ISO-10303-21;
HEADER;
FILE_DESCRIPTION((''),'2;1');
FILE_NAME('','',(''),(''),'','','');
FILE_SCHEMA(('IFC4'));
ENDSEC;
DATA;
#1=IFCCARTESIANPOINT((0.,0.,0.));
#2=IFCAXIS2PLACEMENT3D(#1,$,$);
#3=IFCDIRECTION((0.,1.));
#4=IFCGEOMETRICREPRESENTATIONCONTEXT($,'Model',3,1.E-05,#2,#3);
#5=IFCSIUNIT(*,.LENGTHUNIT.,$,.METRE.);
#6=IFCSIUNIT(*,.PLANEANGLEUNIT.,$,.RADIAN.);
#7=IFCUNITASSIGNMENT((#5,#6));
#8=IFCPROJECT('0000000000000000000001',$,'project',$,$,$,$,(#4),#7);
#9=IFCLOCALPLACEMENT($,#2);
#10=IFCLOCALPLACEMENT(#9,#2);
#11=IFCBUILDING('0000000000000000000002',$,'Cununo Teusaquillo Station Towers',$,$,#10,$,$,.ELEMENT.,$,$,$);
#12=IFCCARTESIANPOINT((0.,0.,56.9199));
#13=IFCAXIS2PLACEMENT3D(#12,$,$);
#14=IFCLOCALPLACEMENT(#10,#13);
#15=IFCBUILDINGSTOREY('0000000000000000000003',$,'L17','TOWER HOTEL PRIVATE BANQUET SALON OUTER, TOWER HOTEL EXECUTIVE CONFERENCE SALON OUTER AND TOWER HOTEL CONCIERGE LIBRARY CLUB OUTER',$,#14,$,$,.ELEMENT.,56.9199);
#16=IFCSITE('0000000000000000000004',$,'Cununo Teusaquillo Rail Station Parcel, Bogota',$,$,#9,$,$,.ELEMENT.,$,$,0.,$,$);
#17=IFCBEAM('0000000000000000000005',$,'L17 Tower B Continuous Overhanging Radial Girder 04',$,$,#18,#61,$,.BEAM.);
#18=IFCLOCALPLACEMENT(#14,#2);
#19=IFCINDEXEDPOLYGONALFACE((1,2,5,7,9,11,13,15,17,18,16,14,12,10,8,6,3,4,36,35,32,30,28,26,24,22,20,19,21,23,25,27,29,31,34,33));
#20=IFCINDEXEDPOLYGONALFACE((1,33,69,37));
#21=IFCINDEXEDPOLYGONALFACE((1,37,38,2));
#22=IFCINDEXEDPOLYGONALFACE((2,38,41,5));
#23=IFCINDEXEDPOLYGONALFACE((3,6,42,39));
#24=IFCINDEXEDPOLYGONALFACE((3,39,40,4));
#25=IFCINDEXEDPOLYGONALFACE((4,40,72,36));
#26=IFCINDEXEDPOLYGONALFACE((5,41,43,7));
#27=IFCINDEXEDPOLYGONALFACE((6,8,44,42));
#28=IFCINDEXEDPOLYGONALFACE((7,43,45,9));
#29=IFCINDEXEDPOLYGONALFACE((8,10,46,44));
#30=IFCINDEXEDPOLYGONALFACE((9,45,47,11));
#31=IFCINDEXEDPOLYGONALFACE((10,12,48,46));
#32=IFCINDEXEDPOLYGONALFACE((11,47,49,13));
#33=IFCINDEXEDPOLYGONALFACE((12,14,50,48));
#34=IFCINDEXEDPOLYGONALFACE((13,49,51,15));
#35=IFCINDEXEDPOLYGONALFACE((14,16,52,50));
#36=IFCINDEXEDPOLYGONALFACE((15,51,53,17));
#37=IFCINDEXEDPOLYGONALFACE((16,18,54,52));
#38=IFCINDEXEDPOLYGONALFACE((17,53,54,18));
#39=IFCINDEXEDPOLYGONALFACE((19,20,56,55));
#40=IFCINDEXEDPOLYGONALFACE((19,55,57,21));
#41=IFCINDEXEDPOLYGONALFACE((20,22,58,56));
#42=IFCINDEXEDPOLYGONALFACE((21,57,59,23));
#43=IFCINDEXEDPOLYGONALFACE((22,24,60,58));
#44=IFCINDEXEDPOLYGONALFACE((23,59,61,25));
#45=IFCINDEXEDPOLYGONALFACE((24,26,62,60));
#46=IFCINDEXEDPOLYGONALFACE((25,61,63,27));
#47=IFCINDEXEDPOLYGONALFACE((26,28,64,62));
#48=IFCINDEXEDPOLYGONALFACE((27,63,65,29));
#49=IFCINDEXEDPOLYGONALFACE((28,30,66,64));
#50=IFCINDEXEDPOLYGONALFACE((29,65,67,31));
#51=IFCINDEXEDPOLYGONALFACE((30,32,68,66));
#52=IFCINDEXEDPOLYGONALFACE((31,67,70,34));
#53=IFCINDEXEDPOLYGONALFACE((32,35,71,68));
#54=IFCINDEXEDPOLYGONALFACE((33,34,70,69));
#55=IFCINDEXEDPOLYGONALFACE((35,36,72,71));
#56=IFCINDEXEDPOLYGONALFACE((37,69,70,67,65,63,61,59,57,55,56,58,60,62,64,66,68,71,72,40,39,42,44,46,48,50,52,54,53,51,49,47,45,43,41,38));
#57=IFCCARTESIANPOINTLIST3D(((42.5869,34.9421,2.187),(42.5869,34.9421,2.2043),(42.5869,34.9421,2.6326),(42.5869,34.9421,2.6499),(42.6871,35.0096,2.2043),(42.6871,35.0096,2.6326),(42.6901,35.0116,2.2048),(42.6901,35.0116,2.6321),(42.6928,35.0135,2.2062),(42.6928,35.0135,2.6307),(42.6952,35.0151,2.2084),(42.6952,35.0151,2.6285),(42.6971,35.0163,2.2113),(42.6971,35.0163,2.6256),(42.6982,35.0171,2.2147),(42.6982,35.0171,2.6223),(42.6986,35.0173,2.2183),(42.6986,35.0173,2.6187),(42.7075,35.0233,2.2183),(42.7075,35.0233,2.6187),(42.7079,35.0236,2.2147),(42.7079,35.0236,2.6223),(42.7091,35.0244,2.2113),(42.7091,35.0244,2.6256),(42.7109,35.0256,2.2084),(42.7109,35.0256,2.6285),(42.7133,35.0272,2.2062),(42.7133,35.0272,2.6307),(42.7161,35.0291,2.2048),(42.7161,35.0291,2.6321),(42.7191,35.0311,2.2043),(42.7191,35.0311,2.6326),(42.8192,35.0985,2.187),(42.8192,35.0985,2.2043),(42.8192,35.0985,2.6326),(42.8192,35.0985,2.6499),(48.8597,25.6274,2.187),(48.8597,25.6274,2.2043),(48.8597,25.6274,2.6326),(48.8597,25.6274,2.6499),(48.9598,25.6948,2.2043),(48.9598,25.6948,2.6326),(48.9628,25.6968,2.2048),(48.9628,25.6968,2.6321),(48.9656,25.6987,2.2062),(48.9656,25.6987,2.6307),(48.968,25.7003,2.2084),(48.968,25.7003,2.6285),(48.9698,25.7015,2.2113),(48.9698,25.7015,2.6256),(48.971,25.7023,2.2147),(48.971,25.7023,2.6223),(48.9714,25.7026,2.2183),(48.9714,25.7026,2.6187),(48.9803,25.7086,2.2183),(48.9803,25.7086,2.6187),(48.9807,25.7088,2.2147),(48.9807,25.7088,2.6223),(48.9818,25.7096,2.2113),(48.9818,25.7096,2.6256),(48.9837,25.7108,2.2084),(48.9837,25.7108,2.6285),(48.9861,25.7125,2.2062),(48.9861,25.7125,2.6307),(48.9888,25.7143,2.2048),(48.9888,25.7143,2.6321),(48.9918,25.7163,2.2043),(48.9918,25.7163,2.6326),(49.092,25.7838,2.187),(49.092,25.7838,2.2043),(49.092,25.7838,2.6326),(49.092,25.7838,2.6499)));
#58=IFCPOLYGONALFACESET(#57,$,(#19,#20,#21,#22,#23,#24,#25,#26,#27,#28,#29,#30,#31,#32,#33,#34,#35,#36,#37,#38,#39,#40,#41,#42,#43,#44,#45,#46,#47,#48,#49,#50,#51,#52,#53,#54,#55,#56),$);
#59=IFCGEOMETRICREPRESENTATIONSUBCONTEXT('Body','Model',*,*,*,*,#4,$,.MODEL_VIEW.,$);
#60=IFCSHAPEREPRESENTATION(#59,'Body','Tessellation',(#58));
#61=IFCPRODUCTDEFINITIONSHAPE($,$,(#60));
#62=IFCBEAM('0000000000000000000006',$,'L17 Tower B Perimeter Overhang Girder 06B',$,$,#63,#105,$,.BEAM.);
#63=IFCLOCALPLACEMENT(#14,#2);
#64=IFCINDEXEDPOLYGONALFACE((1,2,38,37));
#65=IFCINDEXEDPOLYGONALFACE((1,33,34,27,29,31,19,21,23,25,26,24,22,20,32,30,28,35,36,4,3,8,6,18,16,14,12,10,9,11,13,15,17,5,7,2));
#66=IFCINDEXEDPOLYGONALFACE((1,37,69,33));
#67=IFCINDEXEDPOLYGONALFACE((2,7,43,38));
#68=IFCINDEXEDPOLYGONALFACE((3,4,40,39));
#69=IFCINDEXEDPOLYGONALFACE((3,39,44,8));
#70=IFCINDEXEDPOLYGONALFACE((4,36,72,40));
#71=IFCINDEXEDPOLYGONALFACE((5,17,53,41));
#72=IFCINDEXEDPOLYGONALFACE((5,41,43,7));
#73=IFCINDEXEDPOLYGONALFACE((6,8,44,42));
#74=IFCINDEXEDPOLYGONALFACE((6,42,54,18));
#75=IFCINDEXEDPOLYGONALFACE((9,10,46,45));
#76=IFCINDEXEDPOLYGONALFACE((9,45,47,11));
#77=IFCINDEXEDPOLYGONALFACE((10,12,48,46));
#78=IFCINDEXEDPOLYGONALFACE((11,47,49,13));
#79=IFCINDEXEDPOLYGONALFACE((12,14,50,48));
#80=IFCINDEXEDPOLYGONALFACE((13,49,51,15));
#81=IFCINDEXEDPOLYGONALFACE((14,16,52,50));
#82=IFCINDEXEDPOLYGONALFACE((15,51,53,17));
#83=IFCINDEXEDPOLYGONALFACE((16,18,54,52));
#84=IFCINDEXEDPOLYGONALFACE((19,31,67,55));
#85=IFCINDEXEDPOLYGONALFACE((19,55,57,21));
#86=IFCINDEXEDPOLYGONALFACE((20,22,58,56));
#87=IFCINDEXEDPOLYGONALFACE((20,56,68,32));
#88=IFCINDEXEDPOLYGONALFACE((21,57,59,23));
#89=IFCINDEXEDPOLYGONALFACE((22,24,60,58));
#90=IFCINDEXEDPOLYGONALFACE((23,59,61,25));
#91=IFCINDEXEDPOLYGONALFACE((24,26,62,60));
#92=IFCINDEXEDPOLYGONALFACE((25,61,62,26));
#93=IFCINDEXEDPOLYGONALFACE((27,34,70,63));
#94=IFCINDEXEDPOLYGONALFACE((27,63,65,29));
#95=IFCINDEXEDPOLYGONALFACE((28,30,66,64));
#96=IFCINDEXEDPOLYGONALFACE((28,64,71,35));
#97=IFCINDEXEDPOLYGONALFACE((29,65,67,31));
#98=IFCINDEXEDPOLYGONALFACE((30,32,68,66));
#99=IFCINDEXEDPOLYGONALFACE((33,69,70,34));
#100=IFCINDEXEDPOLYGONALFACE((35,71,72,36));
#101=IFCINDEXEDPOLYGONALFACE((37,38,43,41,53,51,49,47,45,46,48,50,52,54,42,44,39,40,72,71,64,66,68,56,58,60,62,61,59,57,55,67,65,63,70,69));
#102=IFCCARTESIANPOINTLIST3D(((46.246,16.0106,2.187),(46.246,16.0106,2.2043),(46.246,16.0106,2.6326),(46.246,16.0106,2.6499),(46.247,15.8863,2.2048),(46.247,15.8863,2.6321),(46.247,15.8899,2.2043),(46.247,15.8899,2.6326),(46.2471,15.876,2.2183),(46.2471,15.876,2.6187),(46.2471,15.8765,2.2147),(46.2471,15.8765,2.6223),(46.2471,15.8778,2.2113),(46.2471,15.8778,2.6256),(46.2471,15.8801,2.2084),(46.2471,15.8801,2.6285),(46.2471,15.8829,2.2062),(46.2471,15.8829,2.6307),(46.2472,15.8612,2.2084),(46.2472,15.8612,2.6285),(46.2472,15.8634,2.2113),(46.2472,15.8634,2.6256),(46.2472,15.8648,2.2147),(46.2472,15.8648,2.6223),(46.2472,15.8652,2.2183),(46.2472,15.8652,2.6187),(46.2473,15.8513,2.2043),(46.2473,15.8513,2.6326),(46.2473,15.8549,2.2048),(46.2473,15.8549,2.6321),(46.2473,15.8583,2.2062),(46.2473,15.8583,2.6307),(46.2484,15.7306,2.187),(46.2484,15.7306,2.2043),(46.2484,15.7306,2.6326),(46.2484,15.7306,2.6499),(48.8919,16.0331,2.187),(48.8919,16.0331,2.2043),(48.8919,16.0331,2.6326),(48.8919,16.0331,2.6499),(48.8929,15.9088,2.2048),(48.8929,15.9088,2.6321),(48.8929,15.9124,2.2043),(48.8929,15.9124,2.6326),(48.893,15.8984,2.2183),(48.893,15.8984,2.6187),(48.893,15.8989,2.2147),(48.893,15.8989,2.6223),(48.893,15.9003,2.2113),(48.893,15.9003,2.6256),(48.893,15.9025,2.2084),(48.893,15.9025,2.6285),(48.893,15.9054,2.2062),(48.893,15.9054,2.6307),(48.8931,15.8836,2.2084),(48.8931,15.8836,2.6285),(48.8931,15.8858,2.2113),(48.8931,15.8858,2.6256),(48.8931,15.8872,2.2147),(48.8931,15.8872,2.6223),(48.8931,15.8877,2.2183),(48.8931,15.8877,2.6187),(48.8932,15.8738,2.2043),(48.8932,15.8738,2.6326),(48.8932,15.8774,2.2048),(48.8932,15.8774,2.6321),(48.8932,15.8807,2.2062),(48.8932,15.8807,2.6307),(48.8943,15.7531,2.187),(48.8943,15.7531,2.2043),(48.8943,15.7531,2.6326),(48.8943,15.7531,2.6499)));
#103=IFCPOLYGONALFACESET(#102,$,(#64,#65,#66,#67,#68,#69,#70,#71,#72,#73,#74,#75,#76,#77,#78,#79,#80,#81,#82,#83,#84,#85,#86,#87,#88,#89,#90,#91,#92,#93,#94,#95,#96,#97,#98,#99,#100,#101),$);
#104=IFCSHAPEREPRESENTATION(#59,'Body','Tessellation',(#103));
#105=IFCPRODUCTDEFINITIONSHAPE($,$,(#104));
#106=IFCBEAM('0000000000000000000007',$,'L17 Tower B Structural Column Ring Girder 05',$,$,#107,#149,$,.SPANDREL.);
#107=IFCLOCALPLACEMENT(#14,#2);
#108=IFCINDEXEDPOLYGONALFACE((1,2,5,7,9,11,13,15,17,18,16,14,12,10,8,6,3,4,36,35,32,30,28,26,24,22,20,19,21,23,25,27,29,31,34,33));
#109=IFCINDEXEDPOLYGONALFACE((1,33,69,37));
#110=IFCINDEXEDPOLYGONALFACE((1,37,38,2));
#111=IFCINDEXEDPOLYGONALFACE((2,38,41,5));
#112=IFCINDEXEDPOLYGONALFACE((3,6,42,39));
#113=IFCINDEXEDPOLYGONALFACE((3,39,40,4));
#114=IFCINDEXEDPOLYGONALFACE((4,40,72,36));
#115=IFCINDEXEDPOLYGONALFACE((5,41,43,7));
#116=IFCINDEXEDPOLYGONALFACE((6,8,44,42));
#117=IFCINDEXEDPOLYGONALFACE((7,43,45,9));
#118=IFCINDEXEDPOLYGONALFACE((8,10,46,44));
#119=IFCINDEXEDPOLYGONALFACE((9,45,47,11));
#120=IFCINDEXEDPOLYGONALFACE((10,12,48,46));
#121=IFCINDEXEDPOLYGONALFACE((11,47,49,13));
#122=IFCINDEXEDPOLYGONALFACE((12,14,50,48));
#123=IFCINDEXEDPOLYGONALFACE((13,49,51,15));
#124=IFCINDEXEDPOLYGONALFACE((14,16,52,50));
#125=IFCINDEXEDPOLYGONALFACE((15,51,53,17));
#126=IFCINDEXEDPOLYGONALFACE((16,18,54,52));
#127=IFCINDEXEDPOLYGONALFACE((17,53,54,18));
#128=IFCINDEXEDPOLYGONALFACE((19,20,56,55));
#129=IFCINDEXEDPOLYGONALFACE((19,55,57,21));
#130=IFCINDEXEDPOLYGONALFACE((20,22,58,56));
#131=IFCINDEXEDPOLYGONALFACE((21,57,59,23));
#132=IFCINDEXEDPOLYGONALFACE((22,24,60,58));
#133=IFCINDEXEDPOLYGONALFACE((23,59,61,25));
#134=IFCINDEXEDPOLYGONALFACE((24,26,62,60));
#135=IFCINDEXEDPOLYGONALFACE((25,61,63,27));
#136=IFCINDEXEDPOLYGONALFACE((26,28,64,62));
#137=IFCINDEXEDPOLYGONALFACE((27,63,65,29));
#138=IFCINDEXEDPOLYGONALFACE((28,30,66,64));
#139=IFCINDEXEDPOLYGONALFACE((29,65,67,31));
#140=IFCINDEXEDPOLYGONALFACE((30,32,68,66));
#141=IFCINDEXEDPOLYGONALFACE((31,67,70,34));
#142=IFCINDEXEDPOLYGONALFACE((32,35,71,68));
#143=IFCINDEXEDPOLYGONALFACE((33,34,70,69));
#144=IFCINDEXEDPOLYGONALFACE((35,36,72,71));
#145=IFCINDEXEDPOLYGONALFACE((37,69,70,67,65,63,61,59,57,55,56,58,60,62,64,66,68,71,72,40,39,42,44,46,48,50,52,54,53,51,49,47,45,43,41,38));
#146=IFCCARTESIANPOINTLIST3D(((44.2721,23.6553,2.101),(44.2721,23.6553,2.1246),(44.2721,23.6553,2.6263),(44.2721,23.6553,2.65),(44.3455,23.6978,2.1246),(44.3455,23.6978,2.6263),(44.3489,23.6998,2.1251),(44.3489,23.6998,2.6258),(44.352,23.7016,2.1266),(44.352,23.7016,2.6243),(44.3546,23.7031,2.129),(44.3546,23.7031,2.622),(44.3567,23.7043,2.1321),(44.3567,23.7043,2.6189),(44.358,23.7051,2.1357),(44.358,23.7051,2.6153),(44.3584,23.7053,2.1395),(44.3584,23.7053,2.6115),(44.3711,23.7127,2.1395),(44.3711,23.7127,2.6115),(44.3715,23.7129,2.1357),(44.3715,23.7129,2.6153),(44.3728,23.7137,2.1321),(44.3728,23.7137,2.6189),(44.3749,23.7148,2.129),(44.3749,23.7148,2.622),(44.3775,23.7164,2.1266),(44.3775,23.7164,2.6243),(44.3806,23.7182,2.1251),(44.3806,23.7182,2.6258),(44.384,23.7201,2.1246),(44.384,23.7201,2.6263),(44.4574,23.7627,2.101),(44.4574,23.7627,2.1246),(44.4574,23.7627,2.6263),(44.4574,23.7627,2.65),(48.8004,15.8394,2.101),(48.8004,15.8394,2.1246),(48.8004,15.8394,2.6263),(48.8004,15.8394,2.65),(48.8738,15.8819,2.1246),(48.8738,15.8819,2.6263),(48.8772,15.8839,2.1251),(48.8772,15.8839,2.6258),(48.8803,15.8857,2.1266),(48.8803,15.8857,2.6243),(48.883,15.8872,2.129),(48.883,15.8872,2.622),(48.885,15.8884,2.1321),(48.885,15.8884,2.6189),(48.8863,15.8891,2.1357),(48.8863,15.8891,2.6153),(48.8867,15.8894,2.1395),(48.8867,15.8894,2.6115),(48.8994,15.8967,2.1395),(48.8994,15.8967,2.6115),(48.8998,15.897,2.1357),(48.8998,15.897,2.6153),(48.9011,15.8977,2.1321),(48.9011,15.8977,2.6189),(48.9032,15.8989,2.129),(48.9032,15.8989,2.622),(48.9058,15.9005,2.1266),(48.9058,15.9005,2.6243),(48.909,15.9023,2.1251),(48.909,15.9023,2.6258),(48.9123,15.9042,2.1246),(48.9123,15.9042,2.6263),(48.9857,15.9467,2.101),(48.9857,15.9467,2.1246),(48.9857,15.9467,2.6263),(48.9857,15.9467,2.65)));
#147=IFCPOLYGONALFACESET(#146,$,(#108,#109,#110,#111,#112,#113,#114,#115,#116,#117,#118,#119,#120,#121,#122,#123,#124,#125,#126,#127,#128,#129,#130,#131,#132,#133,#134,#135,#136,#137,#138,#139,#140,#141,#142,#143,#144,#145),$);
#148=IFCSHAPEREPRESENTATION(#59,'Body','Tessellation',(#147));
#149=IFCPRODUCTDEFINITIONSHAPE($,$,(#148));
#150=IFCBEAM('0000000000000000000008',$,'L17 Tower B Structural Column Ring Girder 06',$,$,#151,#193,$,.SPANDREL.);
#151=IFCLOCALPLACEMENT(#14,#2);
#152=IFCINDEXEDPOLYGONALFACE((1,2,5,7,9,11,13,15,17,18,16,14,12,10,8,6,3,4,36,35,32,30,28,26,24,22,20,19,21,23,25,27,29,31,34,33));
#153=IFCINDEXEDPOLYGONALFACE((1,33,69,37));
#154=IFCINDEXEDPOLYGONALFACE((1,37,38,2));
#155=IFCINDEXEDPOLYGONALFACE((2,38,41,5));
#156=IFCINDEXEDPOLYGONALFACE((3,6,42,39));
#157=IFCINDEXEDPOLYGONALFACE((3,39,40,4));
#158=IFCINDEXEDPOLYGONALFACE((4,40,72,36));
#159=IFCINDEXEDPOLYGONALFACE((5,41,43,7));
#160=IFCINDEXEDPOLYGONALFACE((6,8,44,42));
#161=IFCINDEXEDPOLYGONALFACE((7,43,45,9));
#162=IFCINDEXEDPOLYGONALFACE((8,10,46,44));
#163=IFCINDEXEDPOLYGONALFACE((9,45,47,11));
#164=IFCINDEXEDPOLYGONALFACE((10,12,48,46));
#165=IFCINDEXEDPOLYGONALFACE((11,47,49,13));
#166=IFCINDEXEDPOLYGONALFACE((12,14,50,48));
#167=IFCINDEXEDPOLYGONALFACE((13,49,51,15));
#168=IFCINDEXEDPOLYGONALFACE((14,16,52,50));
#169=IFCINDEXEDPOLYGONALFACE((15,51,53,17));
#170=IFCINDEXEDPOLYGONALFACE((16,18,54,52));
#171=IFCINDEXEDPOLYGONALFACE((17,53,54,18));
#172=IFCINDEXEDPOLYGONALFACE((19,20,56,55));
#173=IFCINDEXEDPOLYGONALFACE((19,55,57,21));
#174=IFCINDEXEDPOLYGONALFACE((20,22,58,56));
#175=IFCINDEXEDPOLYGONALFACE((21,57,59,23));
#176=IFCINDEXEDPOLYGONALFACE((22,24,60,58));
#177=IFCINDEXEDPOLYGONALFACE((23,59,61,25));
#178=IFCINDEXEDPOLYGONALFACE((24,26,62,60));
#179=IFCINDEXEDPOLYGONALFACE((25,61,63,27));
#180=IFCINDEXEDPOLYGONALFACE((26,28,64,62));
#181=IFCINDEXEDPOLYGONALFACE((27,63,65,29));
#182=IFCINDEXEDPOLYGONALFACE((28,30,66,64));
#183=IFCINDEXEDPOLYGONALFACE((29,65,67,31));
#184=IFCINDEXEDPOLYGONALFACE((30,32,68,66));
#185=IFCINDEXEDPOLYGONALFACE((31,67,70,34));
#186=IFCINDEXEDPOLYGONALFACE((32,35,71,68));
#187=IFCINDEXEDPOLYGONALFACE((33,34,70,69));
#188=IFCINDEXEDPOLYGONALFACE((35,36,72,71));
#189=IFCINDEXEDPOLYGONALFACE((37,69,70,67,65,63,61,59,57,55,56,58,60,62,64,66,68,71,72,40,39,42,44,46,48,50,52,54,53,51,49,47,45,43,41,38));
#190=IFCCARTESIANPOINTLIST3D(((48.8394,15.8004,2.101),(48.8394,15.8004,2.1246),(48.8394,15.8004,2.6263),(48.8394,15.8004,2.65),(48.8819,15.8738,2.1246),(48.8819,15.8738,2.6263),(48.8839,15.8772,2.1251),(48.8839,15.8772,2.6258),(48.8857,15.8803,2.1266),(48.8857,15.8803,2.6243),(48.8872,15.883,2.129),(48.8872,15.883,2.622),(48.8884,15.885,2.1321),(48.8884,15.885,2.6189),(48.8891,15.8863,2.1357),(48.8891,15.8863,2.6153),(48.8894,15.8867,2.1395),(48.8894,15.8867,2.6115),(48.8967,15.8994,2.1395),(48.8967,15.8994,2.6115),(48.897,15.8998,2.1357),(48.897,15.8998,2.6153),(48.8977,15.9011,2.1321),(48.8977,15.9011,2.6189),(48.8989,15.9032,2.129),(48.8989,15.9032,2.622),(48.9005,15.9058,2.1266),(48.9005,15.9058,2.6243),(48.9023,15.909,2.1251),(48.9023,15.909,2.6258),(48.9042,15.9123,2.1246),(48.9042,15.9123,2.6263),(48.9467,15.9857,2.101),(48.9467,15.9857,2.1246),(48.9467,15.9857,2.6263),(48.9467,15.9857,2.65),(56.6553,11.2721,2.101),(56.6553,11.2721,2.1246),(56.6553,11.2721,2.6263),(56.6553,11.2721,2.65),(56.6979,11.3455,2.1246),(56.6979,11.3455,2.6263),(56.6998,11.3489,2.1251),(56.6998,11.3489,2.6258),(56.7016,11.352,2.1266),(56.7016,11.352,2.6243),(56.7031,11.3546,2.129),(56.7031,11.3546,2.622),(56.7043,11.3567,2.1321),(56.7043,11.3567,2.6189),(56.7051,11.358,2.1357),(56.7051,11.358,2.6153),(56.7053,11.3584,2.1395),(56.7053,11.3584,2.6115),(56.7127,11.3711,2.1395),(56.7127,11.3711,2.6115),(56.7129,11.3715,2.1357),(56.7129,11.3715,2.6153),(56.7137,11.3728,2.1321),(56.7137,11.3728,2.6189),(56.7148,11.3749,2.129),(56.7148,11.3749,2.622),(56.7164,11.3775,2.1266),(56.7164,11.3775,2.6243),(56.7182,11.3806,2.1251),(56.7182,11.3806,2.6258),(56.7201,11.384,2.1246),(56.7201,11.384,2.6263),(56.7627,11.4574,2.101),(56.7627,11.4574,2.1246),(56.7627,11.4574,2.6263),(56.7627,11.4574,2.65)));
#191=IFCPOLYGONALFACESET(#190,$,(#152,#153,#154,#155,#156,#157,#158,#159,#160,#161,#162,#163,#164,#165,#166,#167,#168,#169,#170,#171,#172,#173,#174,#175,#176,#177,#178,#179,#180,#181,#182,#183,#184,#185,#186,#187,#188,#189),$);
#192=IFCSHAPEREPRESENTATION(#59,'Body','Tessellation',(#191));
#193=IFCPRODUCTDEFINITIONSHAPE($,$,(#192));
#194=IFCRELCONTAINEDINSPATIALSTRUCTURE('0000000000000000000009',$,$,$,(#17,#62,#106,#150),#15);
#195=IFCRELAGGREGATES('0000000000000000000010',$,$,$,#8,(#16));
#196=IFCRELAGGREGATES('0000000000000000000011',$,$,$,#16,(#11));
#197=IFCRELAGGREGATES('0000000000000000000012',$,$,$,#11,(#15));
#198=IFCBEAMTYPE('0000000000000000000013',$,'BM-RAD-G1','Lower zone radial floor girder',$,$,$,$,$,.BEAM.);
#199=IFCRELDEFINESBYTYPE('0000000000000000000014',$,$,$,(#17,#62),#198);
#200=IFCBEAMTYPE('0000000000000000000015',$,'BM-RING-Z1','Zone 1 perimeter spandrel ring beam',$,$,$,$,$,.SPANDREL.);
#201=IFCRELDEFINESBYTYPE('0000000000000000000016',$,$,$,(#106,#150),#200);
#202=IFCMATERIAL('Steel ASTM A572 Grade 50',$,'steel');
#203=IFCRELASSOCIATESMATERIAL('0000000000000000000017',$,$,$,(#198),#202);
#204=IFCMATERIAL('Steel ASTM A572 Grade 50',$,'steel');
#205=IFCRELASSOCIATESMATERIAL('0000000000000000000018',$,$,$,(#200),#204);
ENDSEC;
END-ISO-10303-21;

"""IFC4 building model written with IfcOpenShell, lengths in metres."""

from ifc_helpers import new_model, si_unit, direction, frame, origin, origin_2d, place, context, subcontext, project, spatial, i_section, extrude, material, material_profile, profile_set, type_object, element, save


model = new_model("IFC4")

# Units and contexts
model_context = context("Model", 3, precision=1e-05, world=origin(), true_north=direction((0.0, 1.0)))
body_context = subcontext(model_context, "Body", "Model", "MODEL_VIEW")
ifc_project = project(units=[si_unit("LENGTHUNIT", "METRE"), si_unit("PLANEANGLEUNIT", "RADIAN")], contexts=[model_context])

# Site, building, storey
site_placement = place(None, origin())
site = spatial("IfcSite", under=ifc_project, at=site_placement, Name="Cununo Teusaquillo Rail Station Parcel, Bogota", CompositionType="ELEMENT", RefElevation=0.0)
building_placement = place(site_placement, origin())
building = spatial("IfcBuilding", under=site, at=building_placement, Name="Cununo Teusaquillo Station Towers", CompositionType="ELEMENT")
storey_placement = place(building_placement, frame((0.0, 0.0, 56.9199)))
storey = spatial("IfcBuildingStorey", under=building, at=storey_placement, Name="L17", Description="TOWER HOTEL PRIVATE BANQUET SALON OUTER, TOWER HOTEL EXECUTIVE CONFERENCE SALON OUTER AND TOWER HOTEL CONCIERGE LIBRARY CLUB OUTER", CompositionType="ELEMENT", Elevation=56.9199)

# Beams
ifc_material_1 = material(Name="Steel ASTM A572 Grade 50", Category="steel")
ifc_material_profile_1 = material_profile(ifc_material_1, i_section(OverallWidth=0.28, OverallDepth=0.4629, WebThickness=0.0107, FlangeThickness=0.0173, FilletRadius=0.0139, at=origin_2d()), Name="W18X76")
ifc_profile_set_1 = profile_set([ifc_material_profile_1], Name="Steel ASTM A572 Grade 50")
beam_type_1 = type_object("IfcBeamType", Name="BM-RAD-G1", Description="Lower zone radial floor girder", PredefinedType="BEAM", material=ifc_profile_set_1)
beam_1_placement = place(storey_placement, frame((48.9758, 25.7056, 2.4185), z_axis=(-0.558572, 0.829456, 0.0), x_axis=(-0.829456, -0.558572, 0.0)))
element("IfcBeam", 1, at=beam_1_placement, inside=storey, type_object=beam_type_1, Name="L17 Tower B Continuous Overhanging Radial Girder 04", PredefinedType="BEAM", context=body_context, shape_type="SweptSolid", body=[
    extrude(i_section(OverallWidth=0.28, OverallDepth=0.4629, WebThickness=0.0107, FlangeThickness=0.0173, FilletRadius=0.0139, at=origin_2d()), origin(), (0.0, 0.0, 1.0), 11.23),
])
beam_2_placement = place(storey_placement, frame((48.8931, 15.8931, 2.4185), z_axis=(-0.999964, -0.008488, 0.0), x_axis=(0.008488, -0.999964, 0.0)))
element("IfcBeam", 2, at=beam_2_placement, inside=storey, type_object=beam_type_1, Name="L17 Tower B Perimeter Overhang Girder 06B", PredefinedType="BEAM", context=body_context, shape_type="SweptSolid", body=[
    extrude(i_section(OverallWidth=0.28, OverallDepth=0.4629, WebThickness=0.0107, FlangeThickness=0.0173, FilletRadius=0.0139, at=origin_2d()), origin(), (0.0, 0.0, 1.0), 2.646),
])
ifc_material_2 = material(Name="Steel ASTM A572 Grade 50", Category="steel")
ifc_material_profile_2 = material_profile(ifc_material_2, i_section(OverallWidth=0.2141, OverallDepth=0.5491, WebThickness=0.0146, FlangeThickness=0.0237, FilletRadius=0.0149, at=origin_2d()), Name="W21X93")
ifc_profile_set_2 = profile_set([ifc_material_profile_2], Name="Steel ASTM A572 Grade 50")
beam_type_2 = type_object("IfcBeamType", Name="BM-RING-Z1", Description="Zone 1 perimeter spandrel ring beam", PredefinedType="SPANDREL", material=ifc_profile_set_2)
for number, where, z_axis, x_axis, name in (
    (3, (44.3647, 23.709, 2.3755), (0.501311, -0.865267, 0.0), (0.865267, 0.501311, 0.0), "L17 Tower B Structural Column Ring Girder 05"),
    (4, (48.8931, 15.8931, 2.3755), (0.865267, -0.501311, 0.0), (0.501311, 0.865267, 0.0), "L17 Tower B Structural Column Ring Girder 06"),
):
    element("IfcBeam", number, at=place(storey_placement, frame(where, z_axis=z_axis, x_axis=x_axis)), inside=storey, type_object=beam_type_2, Name=name, PredefinedType="SPANDREL", context=body_context, shape_type="SweptSolid", body=[
        extrude(i_section(OverallWidth=0.2141, OverallDepth=0.5491, WebThickness=0.0146, FlangeThickness=0.0237, FilletRadius=0.0149, at=origin_2d()), origin(), (0.0, 0.0, 1.0), 9.033),
    ])

save(model, "model.ifc")
